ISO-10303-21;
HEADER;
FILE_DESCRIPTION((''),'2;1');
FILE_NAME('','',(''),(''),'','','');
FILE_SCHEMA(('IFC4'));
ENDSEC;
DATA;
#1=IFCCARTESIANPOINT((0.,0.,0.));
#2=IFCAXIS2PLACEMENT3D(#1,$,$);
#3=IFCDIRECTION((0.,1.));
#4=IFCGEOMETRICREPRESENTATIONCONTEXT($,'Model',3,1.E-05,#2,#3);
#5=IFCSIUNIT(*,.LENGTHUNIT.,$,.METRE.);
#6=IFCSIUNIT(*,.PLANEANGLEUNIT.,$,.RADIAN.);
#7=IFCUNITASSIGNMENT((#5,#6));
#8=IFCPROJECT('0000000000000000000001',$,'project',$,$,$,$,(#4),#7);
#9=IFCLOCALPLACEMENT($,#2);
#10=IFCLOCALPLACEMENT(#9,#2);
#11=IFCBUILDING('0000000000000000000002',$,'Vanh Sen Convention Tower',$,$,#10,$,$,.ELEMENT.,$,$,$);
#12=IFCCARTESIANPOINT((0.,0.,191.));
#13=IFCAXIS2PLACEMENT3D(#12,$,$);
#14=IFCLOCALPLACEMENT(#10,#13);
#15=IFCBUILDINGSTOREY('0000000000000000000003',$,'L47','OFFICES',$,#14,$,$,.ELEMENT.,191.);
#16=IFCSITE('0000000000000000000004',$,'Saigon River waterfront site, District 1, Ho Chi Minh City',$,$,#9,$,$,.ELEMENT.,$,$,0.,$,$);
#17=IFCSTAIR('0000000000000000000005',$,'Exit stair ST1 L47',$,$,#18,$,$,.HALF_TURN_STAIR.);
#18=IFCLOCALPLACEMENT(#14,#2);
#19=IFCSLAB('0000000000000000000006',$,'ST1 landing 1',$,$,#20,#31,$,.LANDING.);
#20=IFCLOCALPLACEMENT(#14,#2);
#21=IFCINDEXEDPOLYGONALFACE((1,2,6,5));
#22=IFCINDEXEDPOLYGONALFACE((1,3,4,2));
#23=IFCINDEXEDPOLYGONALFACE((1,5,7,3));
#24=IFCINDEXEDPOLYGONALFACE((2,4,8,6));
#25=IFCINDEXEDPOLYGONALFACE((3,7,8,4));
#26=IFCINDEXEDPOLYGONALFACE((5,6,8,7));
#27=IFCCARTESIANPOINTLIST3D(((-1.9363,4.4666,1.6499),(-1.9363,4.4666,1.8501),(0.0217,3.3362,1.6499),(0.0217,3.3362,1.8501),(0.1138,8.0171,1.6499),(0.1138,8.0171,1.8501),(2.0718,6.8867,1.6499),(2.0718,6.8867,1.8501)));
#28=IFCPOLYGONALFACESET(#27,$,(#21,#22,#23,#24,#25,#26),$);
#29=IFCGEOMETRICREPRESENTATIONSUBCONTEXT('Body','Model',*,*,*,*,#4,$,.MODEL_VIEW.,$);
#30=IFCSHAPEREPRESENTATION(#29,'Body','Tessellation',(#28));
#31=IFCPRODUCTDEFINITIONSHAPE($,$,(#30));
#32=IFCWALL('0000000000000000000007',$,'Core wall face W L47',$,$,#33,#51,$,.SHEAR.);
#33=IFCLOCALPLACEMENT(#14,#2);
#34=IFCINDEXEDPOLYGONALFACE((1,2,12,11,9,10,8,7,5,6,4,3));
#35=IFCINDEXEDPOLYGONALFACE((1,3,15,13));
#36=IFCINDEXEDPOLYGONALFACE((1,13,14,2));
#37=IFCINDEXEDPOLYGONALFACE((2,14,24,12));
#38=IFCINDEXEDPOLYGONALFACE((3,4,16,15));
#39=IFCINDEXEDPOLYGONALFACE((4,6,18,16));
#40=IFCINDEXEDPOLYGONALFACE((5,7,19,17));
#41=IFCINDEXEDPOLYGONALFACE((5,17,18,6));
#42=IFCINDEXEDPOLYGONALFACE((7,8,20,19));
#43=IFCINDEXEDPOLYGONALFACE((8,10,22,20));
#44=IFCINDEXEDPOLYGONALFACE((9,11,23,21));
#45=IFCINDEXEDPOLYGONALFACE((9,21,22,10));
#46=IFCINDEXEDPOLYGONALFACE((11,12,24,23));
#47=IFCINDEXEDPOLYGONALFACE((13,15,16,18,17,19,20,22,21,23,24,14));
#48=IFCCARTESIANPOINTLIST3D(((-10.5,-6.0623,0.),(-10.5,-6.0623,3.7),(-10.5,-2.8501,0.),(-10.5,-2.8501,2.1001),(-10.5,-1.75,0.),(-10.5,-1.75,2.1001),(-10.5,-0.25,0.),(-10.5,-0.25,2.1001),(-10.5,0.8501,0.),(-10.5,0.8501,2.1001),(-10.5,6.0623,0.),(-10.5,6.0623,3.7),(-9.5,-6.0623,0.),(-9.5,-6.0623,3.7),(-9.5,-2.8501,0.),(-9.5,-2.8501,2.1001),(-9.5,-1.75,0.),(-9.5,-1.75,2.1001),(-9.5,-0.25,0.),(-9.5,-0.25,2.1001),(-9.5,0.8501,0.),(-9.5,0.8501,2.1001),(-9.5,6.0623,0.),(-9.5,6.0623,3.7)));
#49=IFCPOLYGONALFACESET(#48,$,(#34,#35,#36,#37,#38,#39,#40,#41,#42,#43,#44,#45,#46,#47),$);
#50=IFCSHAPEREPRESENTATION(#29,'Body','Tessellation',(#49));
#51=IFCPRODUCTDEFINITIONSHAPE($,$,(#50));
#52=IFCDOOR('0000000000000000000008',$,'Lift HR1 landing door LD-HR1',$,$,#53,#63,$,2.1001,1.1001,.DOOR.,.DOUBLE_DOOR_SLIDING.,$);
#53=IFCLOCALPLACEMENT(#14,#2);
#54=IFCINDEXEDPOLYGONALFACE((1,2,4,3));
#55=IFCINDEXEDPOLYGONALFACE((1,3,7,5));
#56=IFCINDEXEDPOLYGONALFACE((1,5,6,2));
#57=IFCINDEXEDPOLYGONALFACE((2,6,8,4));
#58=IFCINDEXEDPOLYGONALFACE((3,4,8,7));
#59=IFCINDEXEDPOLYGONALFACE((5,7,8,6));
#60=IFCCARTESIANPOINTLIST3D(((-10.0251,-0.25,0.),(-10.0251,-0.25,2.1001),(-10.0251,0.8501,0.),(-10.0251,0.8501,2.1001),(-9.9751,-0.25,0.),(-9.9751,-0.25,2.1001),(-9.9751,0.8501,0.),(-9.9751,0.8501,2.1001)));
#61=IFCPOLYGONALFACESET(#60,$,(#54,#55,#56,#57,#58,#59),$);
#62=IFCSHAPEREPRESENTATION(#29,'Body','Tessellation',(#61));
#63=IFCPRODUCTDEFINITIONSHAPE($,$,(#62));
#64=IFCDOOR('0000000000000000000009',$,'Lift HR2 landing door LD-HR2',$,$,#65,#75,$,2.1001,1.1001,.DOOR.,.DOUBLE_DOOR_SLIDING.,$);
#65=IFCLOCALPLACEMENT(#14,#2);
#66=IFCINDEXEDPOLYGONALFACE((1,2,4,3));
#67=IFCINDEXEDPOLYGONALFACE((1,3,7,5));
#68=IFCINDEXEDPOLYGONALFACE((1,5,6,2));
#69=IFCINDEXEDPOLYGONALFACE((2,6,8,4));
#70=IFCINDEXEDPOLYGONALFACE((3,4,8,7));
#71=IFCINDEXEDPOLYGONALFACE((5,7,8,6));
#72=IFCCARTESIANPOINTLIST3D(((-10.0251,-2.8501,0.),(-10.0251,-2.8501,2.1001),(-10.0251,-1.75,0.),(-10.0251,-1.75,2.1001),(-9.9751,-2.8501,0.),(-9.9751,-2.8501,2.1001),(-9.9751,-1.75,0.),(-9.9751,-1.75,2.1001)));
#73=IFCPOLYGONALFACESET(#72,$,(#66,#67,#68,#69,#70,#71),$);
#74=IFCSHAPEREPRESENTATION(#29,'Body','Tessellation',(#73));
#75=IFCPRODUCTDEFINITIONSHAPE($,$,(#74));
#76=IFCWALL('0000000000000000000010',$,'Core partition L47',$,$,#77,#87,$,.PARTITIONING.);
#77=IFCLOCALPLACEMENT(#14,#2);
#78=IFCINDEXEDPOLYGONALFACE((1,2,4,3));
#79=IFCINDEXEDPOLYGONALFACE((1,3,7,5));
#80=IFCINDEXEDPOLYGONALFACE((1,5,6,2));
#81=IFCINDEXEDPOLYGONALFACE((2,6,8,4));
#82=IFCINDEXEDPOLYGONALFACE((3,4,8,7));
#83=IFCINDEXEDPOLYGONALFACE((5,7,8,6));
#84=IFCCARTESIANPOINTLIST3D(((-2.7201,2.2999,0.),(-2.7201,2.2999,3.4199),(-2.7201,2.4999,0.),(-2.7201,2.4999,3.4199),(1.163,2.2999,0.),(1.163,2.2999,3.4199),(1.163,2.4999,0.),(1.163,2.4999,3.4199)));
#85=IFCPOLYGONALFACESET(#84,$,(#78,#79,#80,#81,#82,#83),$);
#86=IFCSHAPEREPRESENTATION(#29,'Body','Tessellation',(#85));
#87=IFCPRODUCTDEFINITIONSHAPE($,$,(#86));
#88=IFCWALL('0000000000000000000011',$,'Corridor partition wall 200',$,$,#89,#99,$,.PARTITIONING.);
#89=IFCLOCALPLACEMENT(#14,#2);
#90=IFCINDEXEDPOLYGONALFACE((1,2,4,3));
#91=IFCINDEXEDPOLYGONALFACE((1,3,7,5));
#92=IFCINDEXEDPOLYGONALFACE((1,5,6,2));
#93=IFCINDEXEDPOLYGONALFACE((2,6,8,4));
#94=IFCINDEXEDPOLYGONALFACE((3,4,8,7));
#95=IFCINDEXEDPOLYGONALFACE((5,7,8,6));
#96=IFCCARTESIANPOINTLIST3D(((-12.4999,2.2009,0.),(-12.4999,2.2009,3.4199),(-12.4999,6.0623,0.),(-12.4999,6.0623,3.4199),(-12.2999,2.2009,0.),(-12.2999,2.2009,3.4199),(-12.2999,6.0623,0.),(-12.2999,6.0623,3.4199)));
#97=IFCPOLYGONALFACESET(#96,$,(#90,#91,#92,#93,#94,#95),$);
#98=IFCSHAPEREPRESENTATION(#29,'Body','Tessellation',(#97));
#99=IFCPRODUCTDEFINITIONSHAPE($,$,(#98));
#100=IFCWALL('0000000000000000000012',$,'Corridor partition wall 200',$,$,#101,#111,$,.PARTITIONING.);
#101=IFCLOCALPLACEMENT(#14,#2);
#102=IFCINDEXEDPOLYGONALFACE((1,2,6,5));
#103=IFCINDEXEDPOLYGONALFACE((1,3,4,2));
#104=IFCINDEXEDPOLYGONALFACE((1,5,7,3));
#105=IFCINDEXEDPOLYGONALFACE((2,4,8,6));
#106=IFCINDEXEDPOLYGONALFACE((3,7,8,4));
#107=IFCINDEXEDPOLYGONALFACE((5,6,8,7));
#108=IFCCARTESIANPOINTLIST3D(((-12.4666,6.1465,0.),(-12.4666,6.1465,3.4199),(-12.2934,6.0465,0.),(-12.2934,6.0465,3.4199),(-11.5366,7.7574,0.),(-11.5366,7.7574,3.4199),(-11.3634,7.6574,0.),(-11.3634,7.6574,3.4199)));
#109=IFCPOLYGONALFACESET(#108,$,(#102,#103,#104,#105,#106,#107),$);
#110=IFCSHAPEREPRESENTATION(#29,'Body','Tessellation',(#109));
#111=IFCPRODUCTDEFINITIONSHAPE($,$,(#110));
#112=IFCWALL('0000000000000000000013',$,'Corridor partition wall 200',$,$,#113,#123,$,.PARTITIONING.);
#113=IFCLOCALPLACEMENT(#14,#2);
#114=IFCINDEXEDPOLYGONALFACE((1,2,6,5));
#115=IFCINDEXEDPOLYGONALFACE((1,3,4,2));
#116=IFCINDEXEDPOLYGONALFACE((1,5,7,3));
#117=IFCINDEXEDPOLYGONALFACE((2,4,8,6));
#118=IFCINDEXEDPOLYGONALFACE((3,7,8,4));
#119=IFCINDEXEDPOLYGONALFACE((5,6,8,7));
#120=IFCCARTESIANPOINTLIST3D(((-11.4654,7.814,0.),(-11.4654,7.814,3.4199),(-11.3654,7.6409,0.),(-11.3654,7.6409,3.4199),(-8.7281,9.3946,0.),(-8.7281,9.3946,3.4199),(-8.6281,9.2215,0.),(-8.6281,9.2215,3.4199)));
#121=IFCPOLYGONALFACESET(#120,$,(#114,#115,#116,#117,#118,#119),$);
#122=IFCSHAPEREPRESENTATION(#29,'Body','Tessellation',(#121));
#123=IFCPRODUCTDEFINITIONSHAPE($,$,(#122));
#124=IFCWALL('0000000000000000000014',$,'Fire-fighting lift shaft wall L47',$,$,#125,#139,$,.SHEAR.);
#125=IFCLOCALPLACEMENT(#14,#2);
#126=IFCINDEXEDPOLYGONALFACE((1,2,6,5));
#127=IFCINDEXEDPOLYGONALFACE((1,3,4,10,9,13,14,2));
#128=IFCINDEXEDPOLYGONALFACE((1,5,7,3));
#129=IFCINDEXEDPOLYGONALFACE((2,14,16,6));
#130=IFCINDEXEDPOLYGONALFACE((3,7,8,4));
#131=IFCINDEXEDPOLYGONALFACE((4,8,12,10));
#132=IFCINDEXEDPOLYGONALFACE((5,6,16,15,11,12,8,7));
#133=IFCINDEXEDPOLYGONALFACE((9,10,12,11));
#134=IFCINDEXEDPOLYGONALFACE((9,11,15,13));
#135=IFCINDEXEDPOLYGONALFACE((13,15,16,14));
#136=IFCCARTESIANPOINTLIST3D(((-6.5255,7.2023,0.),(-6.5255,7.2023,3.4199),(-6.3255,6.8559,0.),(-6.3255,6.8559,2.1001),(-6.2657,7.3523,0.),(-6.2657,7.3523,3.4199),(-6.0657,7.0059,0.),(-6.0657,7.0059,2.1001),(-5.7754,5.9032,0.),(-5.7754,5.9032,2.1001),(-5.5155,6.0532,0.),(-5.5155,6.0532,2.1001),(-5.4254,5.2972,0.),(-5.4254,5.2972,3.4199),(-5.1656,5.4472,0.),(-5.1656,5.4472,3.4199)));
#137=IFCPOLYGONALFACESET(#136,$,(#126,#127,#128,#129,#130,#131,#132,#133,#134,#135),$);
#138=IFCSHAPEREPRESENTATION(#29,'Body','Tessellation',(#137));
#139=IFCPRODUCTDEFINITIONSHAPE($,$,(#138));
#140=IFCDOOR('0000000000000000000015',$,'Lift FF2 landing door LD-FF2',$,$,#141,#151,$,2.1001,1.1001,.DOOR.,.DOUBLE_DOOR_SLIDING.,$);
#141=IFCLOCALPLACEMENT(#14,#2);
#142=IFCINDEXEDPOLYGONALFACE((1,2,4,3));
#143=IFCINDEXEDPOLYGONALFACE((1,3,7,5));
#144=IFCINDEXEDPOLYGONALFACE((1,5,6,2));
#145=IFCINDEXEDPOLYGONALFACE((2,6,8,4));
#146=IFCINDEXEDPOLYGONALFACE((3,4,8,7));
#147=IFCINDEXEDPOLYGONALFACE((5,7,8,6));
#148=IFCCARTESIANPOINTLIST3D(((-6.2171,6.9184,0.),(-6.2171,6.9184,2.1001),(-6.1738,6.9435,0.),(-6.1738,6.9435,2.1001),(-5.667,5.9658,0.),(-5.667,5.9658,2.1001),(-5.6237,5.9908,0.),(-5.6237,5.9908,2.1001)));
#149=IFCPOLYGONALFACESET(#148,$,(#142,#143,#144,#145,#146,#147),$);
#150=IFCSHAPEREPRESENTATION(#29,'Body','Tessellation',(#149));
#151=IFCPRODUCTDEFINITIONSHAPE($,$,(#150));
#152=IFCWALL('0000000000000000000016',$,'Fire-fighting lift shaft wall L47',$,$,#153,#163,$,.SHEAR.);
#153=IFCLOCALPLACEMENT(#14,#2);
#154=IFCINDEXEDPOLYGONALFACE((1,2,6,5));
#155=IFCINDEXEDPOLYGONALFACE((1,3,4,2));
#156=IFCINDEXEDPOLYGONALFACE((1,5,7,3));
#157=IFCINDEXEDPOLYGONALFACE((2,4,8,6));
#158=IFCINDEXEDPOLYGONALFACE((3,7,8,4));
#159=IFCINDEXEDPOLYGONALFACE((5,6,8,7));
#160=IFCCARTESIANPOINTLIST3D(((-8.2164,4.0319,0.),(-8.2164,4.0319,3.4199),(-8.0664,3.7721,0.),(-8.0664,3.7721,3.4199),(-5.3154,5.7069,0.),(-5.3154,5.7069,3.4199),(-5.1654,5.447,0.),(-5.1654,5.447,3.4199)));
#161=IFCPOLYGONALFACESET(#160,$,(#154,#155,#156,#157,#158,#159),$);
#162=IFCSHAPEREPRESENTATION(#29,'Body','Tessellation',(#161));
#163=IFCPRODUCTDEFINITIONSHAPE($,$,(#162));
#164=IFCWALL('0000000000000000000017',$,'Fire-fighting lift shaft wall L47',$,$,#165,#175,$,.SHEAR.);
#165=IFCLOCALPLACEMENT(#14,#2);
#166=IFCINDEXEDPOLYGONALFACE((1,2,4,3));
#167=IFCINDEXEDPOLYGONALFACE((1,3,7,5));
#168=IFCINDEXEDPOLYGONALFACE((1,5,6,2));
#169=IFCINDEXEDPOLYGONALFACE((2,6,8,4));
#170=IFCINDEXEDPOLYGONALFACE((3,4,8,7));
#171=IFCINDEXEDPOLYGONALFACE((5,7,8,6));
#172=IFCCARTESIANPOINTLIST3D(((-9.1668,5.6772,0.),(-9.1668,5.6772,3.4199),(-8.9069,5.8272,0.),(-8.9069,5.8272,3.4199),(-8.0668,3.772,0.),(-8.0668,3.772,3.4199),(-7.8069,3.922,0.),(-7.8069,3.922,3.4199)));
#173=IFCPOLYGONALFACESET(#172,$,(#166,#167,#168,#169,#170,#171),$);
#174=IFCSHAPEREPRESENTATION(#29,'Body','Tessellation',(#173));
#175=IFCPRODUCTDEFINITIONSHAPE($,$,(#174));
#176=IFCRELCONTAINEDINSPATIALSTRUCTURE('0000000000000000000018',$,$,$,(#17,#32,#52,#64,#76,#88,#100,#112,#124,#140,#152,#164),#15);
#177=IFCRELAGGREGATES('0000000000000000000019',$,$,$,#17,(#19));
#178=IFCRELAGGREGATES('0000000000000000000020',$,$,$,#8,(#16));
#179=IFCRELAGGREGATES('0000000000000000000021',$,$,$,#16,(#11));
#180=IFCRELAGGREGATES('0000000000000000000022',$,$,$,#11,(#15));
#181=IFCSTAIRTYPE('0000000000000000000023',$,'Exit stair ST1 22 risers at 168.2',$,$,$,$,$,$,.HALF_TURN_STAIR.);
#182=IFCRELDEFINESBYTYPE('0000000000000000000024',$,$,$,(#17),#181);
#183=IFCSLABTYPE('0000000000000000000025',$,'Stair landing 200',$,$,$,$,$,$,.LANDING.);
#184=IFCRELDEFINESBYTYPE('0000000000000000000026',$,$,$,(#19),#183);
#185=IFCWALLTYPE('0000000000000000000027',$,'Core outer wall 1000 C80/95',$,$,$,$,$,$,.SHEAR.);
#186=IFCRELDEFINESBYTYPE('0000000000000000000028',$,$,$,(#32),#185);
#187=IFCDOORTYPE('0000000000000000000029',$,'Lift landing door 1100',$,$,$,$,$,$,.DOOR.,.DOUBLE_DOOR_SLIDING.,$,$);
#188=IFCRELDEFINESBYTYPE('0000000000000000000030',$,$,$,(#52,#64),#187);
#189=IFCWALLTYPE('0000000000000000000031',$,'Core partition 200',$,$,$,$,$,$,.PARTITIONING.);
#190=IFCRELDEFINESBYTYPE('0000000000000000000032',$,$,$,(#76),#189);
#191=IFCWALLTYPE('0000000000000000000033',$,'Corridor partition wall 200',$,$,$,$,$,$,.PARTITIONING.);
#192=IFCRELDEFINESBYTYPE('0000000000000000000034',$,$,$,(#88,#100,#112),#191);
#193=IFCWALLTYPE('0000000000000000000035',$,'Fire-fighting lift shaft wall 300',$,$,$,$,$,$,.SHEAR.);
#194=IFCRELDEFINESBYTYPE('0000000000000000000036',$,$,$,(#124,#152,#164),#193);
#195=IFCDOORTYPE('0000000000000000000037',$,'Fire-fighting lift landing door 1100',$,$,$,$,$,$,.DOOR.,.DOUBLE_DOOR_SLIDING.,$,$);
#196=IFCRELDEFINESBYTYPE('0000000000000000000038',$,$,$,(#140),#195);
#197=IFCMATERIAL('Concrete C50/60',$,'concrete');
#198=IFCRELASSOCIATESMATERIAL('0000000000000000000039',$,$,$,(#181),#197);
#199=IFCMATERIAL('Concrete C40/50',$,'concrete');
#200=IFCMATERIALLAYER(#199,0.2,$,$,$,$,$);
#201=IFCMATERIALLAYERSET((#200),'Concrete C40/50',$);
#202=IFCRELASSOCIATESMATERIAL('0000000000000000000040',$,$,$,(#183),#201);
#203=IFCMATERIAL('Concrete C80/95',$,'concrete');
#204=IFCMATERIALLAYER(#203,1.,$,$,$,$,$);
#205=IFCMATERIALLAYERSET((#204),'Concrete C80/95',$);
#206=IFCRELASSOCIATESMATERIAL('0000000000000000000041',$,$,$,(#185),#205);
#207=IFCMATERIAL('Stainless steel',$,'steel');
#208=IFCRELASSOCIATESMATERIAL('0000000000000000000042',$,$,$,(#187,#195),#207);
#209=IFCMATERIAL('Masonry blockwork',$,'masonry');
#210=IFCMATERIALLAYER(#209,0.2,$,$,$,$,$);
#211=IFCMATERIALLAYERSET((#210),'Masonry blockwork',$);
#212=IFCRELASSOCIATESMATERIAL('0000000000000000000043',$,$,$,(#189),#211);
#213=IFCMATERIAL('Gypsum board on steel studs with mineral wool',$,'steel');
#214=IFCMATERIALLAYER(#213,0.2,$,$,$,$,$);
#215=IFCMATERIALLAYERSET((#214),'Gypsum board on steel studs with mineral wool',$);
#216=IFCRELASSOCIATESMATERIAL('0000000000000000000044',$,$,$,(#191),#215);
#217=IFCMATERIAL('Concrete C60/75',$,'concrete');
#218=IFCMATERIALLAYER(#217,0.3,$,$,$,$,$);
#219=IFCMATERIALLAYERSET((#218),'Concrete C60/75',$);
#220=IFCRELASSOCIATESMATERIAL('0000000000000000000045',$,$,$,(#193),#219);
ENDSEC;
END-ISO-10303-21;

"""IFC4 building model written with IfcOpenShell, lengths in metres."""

from ifc_helpers import new_model, si_unit, direction, frame, frame_2d, origin, place, context, subcontext, project, spatial, polyline, rectangle, outline, extrude, material, layer, layer_set, type_object, element, fill, aggregate, save


model = new_model("IFC4")

# Units and contexts
model_context = context("Model", 3, precision=1e-05, world=origin(), true_north=direction((0.0, 1.0)))
body_context = subcontext(model_context, "Body", "Model", "MODEL_VIEW")
ifc_project = project(units=[si_unit("LENGTHUNIT", "METRE"), si_unit("PLANEANGLEUNIT", "RADIAN")], contexts=[model_context])

# Site, building, storey
site_placement = place(None, origin())
site = spatial("IfcSite", under=ifc_project, at=site_placement, Name="Saigon River waterfront site, District 1, Ho Chi Minh City", CompositionType="ELEMENT", RefElevation=0.0)
building_placement = place(site_placement, origin())
building = spatial("IfcBuilding", under=site, at=building_placement, Name="Vanh Sen Convention Tower", CompositionType="ELEMENT")
storey_placement = place(building_placement, frame((0.0, 0.0, 191.0)))
storey = spatial("IfcBuildingStorey", under=building, at=storey_placement, Name="L47", Description="OFFICES", CompositionType="ELEMENT", Elevation=191.0)

# Stair, slab
ifc_material_1 = material(Name="Concrete C50/60", Category="concrete")
stair_type = type_object("IfcStairType", Name="Exit stair ST1 22 risers at 168.2", PredefinedType="HALF_TURN_STAIR", material=ifc_material_1)
stair_placement = place(storey_placement, origin())
stair = element("IfcStair", 1, at=stair_placement, inside=storey, type_object=stair_type, Name="Exit stair ST1 L47", PredefinedType="HALF_TURN_STAIR")
ifc_material_2 = material(Name="Concrete C40/50", Category="concrete")
ifc_layer_1 = layer(ifc_material_2, 0.2)
ifc_layer_set_1 = layer_set([ifc_layer_1], Name="Concrete C40/50")
slab_type = type_object("IfcSlabType", Name="Stair landing 200", PredefinedType="LANDING", material=ifc_layer_set_1)
slab_placement = place(storey_placement, frame((0.0, 0.0, 1.6499)))
slab = element("IfcSlab", 2, at=slab_placement, type_object=slab_type, Name="ST1 landing 1", PredefinedType="LANDING", context=body_context, shape_type="SweptSolid", body=[
    extrude(outline(polyline([(2.0718, 6.8867), (0.1138, 8.0171), (-1.9363, 4.4666), (0.0217, 3.3362), (2.0718, 6.8867)])), origin(), (0.0, 0.0, 1.0), 0.2002),
])
aggregate(stair, [slab])

# Wall, openings, doors
ifc_material_3 = material(Name="Concrete C80/95", Category="concrete")
ifc_layer_2 = layer(ifc_material_3, 1.0)
ifc_layer_set_2 = layer_set([ifc_layer_2], Name="Concrete C80/95")
wall_type_1 = type_object("IfcWallType", Name="Core outer wall 1000 C80/95", PredefinedType="SHEAR", material=ifc_layer_set_2)
wall_1_placement = place(storey_placement, frame((-10.0, 6.0623, 0.0), z_axis=(0.0, 0.0, 1.0), x_axis=(0.0, -1.0, 0.0)))
wall_1 = element("IfcWall", 3, at=wall_1_placement, inside=storey, type_object=wall_type_1, Name="Core wall face W L47", PredefinedType="SHEAR", context=body_context, shape_type="SweptSolid", body=[
    extrude(rectangle(XDim=12.1245, YDim=1.0, at=frame_2d((6.0623, 0.0))), origin(), (0.0, 0.0, 1.0), 3.7),
])
opening_1_placement = place(wall_1_placement, frame((5.2122, 0.0, 0.0)))
opening_1 = element("IfcOpeningElement", 4, at=opening_1_placement, cuts=wall_1, PredefinedType="OPENING", context=body_context, shape_type="SweptSolid", body=[
    extrude(rectangle(XDim=1.1001, YDim=2.1001, at=frame_2d((0.55, 1.05))), frame((0.0, 0.51, 0.0), z_axis=(0.0, -1.0, 0.0), x_axis=(1.0, 0.0, 0.0)), (0.0, 0.0, 1.0), 1.02),
])
opening_2_placement = place(wall_1_placement, frame((7.8123, 0.0, 0.0)))
opening_2 = element("IfcOpeningElement", 5, at=opening_2_placement, cuts=wall_1, PredefinedType="OPENING", context=body_context, shape_type="SweptSolid", body=[
    extrude(rectangle(XDim=1.1001, YDim=2.1001, at=frame_2d((0.55, 1.05))), frame((0.0, 0.51, 0.0), z_axis=(0.0, -1.0, 0.0), x_axis=(1.0, 0.0, 0.0)), (0.0, 0.0, 1.0), 1.02),
])
ifc_material_4 = material(Name="Stainless steel", Category="steel")
door_type_1 = type_object("IfcDoorType", Name="Lift landing door 1100", OperationType="DOUBLE_DOOR_SLIDING", PredefinedType="DOOR", material=ifc_material_4)
door_1_placement = place(opening_1_placement, origin())
door_1 = element("IfcDoor", 6, at=door_1_placement, inside=storey, type_object=door_type_1, Name="Lift HR1 landing door LD-HR1", OperationType="DOUBLE_DOOR_SLIDING", OverallHeight=2.1001, OverallWidth=1.1001, PredefinedType="DOOR", context=body_context, shape_type="SweptSolid", body=[
    extrude(rectangle(XDim=1.1001, YDim=2.1001, at=frame_2d((0.55, 1.05))), frame((0.0, 0.0249, 0.0), z_axis=(0.0, -1.0, 0.0), x_axis=(1.0, 0.0, 0.0)), (0.0, 0.0, 1.0), 0.05),
])
fill(opening_1, door_1)
door_2_placement = place(opening_2_placement, origin())
door_2 = element("IfcDoor", 7, at=door_2_placement, inside=storey, type_object=door_type_1, Name="Lift HR2 landing door LD-HR2", OperationType="DOUBLE_DOOR_SLIDING", OverallHeight=2.1001, OverallWidth=1.1001, PredefinedType="DOOR", context=body_context, shape_type="SweptSolid", body=[
    extrude(rectangle(XDim=1.1001, YDim=2.1001, at=frame_2d((0.55, 1.05))), frame((0.0, 0.0249, 0.0), z_axis=(0.0, -1.0, 0.0), x_axis=(1.0, 0.0, 0.0)), (0.0, 0.0, 1.0), 0.05),
])
fill(opening_2, door_2)

# Walls
ifc_material_5 = material(Name="Masonry blockwork", Category="masonry")
ifc_layer_3 = layer(ifc_material_5, 0.2)
ifc_layer_set_3 = layer_set([ifc_layer_3], Name="Masonry blockwork")
wall_type_2 = type_object("IfcWallType", Name="Core partition 200", PredefinedType="PARTITIONING", material=ifc_layer_set_3)
wall_2_placement = place(storey_placement, frame((-2.72, 2.3999, 0.0), z_axis=(0.0, 0.0, 1.0), x_axis=(1.0, 0.0, 0.0)))
element("IfcWall", 8, at=wall_2_placement, inside=storey, type_object=wall_type_2, Name="Core partition L47", PredefinedType="PARTITIONING", context=body_context, shape_type="SweptSolid", body=[
    extrude(rectangle(XDim=3.8831, YDim=0.2, at=frame_2d((1.9414, 0.0))), origin(), (0.0, 0.0, 1.0), 3.4199),
])
ifc_material_6 = material(Name="Gypsum board on steel studs with mineral wool", Category="steel")
ifc_layer_4 = layer(ifc_material_6, 0.2)
ifc_layer_set_4 = layer_set([ifc_layer_4], Name="Gypsum board on steel studs with mineral wool")
wall_type_3 = type_object("IfcWallType", Name="Corridor partition wall 200", PredefinedType="PARTITIONING", material=ifc_layer_set_4)
wall_3_placement = place(storey_placement, frame((-12.3999, 6.0623, 0.0), z_axis=(0.0, 0.0, 1.0), x_axis=(0.0, -1.0, 0.0)))
element("IfcWall", 9, at=wall_3_placement, inside=storey, type_object=wall_type_3, Name="Corridor partition wall 200", PredefinedType="PARTITIONING", context=body_context, shape_type="SweptSolid", body=[
    extrude(rectangle(XDim=3.8613, YDim=0.2, at=frame_2d((1.9307, 0.0))), origin(), (0.0, 0.0, 1.0), 3.4199),
])
wall_4_placement = place(storey_placement, frame((-11.45, 7.7075, 0.0), z_axis=(0.0, 0.0, 1.0), x_axis=(-0.499965, -0.866046, 0.0)))
element("IfcWall", 10, at=wall_4_placement, inside=storey, type_object=wall_type_3, Name="Corridor partition wall 200", PredefinedType="PARTITIONING", context=body_context, shape_type="SweptSolid", body=[
    extrude(rectangle(XDim=1.8601, YDim=0.2, at=frame_2d((0.9302, 0.0))), origin(), (0.0, 0.0, 1.0), 3.4199),
])
wall_5_placement = place(storey_placement, frame((-8.678, 9.3081, 0.0), z_axis=(0.0, 0.0, 1.0), x_axis=(-0.866, -0.500043, 0.0)))
element("IfcWall", 11, at=wall_5_placement, inside=storey, type_object=wall_type_3, Name="Corridor partition wall 200", PredefinedType="PARTITIONING", context=body_context, shape_type="SweptSolid", body=[
    extrude(rectangle(XDim=3.1609, YDim=0.2, at=frame_2d((1.5806, 0.0))), origin(), (0.0, 0.0, 1.0), 3.4199),
])

# Wall, opening, door
ifc_material_7 = material(Name="Concrete C60/75", Category="concrete")
ifc_layer_5 = layer(ifc_material_7, 0.3)
ifc_layer_set_5 = layer_set([ifc_layer_5], Name="Concrete C60/75")
wall_type_4 = type_object("IfcWallType", Name="Fire-fighting lift shaft wall 300", PredefinedType="SHEAR", material=ifc_layer_set_5)
wall_6_placement = place(storey_placement, frame((-5.2954, 5.3721, 0.0), z_axis=(0.0, 0.0, 1.0), x_axis=(-0.500078, 0.86598, 0.0)))
wall_6 = element("IfcWall", 12, at=wall_6_placement, inside=storey, type_object=wall_type_4, Name="Fire-fighting lift shaft wall L47", PredefinedType="SHEAR", context=body_context, shape_type="SweptSolid", body=[
    extrude(rectangle(XDim=2.2, YDim=0.3, at=frame_2d((1.1001, 0.0))), origin(), (0.0, 0.0, 1.0), 3.4199),
])
opening_3_placement = place(wall_6_placement, frame((0.7, 0.0, 0.0)))
opening_3 = element("IfcOpeningElement", 13, at=opening_3_placement, cuts=wall_6, PredefinedType="OPENING", context=body_context, shape_type="SweptSolid", body=[
    extrude(rectangle(XDim=1.1001, YDim=2.1001, at=frame_2d((0.55, 1.05))), frame((0.0, 0.1599, 0.0), z_axis=(0.0, -1.0, 0.0), x_axis=(1.0, 0.0, 0.0)), (0.0, 0.0, 1.0), 0.3201),
])
door_type_2 = type_object("IfcDoorType", Name="Fire-fighting lift landing door 1100", OperationType="DOUBLE_DOOR_SLIDING", PredefinedType="DOOR", material=ifc_material_4)
door_3_placement = place(opening_3_placement, origin())
door_3 = element("IfcDoor", 14, at=door_3_placement, inside=storey, type_object=door_type_2, Name="Lift FF2 landing door LD-FF2", OperationType="DOUBLE_DOOR_SLIDING", OverallHeight=2.1001, OverallWidth=1.1001, PredefinedType="DOOR", context=body_context, shape_type="SweptSolid", body=[
    extrude(rectangle(XDim=1.1001, YDim=2.1001, at=frame_2d((0.55, 1.05))), frame((0.0, 0.0249, 0.0), z_axis=(0.0, -1.0, 0.0), x_axis=(1.0, 0.0, 0.0)), (0.0, 0.0, 1.0), 0.05),
])
fill(opening_3, door_3)

# Walls
wall_7_placement = place(storey_placement, frame((-5.2405, 5.5769, 0.0), z_axis=(0.0, 0.0, 1.0), x_axis=(-0.866014, -0.500019, 0.0)))
element("IfcWall", 15, at=wall_7_placement, inside=storey, type_object=wall_type_4, Name="Fire-fighting lift shaft wall L47", PredefinedType="SHEAR", context=body_context, shape_type="SweptSolid", body=[
    extrude(rectangle(XDim=3.3499, YDim=0.3, at=frame_2d((1.6748, 0.0))), origin(), (0.0, 0.0, 1.0), 3.4199),
])
wall_8_placement = place(storey_placement, frame((-7.9368, 3.8469, 0.0), z_axis=(0.0, 0.0, 1.0), x_axis=(-0.50003, 0.866008, 0.0)))
element("IfcWall", 16, at=wall_8_placement, inside=storey, type_object=wall_type_4, Name="Fire-fighting lift shaft wall L47", PredefinedType="SHEAR", context=body_context, shape_type="SweptSolid", body=[
    extrude(rectangle(XDim=2.2, YDim=0.3, at=frame_2d((1.1001, 0.0))), origin(), (0.0, 0.0, 1.0), 3.4199),
])

save(model, "model.ifc")
